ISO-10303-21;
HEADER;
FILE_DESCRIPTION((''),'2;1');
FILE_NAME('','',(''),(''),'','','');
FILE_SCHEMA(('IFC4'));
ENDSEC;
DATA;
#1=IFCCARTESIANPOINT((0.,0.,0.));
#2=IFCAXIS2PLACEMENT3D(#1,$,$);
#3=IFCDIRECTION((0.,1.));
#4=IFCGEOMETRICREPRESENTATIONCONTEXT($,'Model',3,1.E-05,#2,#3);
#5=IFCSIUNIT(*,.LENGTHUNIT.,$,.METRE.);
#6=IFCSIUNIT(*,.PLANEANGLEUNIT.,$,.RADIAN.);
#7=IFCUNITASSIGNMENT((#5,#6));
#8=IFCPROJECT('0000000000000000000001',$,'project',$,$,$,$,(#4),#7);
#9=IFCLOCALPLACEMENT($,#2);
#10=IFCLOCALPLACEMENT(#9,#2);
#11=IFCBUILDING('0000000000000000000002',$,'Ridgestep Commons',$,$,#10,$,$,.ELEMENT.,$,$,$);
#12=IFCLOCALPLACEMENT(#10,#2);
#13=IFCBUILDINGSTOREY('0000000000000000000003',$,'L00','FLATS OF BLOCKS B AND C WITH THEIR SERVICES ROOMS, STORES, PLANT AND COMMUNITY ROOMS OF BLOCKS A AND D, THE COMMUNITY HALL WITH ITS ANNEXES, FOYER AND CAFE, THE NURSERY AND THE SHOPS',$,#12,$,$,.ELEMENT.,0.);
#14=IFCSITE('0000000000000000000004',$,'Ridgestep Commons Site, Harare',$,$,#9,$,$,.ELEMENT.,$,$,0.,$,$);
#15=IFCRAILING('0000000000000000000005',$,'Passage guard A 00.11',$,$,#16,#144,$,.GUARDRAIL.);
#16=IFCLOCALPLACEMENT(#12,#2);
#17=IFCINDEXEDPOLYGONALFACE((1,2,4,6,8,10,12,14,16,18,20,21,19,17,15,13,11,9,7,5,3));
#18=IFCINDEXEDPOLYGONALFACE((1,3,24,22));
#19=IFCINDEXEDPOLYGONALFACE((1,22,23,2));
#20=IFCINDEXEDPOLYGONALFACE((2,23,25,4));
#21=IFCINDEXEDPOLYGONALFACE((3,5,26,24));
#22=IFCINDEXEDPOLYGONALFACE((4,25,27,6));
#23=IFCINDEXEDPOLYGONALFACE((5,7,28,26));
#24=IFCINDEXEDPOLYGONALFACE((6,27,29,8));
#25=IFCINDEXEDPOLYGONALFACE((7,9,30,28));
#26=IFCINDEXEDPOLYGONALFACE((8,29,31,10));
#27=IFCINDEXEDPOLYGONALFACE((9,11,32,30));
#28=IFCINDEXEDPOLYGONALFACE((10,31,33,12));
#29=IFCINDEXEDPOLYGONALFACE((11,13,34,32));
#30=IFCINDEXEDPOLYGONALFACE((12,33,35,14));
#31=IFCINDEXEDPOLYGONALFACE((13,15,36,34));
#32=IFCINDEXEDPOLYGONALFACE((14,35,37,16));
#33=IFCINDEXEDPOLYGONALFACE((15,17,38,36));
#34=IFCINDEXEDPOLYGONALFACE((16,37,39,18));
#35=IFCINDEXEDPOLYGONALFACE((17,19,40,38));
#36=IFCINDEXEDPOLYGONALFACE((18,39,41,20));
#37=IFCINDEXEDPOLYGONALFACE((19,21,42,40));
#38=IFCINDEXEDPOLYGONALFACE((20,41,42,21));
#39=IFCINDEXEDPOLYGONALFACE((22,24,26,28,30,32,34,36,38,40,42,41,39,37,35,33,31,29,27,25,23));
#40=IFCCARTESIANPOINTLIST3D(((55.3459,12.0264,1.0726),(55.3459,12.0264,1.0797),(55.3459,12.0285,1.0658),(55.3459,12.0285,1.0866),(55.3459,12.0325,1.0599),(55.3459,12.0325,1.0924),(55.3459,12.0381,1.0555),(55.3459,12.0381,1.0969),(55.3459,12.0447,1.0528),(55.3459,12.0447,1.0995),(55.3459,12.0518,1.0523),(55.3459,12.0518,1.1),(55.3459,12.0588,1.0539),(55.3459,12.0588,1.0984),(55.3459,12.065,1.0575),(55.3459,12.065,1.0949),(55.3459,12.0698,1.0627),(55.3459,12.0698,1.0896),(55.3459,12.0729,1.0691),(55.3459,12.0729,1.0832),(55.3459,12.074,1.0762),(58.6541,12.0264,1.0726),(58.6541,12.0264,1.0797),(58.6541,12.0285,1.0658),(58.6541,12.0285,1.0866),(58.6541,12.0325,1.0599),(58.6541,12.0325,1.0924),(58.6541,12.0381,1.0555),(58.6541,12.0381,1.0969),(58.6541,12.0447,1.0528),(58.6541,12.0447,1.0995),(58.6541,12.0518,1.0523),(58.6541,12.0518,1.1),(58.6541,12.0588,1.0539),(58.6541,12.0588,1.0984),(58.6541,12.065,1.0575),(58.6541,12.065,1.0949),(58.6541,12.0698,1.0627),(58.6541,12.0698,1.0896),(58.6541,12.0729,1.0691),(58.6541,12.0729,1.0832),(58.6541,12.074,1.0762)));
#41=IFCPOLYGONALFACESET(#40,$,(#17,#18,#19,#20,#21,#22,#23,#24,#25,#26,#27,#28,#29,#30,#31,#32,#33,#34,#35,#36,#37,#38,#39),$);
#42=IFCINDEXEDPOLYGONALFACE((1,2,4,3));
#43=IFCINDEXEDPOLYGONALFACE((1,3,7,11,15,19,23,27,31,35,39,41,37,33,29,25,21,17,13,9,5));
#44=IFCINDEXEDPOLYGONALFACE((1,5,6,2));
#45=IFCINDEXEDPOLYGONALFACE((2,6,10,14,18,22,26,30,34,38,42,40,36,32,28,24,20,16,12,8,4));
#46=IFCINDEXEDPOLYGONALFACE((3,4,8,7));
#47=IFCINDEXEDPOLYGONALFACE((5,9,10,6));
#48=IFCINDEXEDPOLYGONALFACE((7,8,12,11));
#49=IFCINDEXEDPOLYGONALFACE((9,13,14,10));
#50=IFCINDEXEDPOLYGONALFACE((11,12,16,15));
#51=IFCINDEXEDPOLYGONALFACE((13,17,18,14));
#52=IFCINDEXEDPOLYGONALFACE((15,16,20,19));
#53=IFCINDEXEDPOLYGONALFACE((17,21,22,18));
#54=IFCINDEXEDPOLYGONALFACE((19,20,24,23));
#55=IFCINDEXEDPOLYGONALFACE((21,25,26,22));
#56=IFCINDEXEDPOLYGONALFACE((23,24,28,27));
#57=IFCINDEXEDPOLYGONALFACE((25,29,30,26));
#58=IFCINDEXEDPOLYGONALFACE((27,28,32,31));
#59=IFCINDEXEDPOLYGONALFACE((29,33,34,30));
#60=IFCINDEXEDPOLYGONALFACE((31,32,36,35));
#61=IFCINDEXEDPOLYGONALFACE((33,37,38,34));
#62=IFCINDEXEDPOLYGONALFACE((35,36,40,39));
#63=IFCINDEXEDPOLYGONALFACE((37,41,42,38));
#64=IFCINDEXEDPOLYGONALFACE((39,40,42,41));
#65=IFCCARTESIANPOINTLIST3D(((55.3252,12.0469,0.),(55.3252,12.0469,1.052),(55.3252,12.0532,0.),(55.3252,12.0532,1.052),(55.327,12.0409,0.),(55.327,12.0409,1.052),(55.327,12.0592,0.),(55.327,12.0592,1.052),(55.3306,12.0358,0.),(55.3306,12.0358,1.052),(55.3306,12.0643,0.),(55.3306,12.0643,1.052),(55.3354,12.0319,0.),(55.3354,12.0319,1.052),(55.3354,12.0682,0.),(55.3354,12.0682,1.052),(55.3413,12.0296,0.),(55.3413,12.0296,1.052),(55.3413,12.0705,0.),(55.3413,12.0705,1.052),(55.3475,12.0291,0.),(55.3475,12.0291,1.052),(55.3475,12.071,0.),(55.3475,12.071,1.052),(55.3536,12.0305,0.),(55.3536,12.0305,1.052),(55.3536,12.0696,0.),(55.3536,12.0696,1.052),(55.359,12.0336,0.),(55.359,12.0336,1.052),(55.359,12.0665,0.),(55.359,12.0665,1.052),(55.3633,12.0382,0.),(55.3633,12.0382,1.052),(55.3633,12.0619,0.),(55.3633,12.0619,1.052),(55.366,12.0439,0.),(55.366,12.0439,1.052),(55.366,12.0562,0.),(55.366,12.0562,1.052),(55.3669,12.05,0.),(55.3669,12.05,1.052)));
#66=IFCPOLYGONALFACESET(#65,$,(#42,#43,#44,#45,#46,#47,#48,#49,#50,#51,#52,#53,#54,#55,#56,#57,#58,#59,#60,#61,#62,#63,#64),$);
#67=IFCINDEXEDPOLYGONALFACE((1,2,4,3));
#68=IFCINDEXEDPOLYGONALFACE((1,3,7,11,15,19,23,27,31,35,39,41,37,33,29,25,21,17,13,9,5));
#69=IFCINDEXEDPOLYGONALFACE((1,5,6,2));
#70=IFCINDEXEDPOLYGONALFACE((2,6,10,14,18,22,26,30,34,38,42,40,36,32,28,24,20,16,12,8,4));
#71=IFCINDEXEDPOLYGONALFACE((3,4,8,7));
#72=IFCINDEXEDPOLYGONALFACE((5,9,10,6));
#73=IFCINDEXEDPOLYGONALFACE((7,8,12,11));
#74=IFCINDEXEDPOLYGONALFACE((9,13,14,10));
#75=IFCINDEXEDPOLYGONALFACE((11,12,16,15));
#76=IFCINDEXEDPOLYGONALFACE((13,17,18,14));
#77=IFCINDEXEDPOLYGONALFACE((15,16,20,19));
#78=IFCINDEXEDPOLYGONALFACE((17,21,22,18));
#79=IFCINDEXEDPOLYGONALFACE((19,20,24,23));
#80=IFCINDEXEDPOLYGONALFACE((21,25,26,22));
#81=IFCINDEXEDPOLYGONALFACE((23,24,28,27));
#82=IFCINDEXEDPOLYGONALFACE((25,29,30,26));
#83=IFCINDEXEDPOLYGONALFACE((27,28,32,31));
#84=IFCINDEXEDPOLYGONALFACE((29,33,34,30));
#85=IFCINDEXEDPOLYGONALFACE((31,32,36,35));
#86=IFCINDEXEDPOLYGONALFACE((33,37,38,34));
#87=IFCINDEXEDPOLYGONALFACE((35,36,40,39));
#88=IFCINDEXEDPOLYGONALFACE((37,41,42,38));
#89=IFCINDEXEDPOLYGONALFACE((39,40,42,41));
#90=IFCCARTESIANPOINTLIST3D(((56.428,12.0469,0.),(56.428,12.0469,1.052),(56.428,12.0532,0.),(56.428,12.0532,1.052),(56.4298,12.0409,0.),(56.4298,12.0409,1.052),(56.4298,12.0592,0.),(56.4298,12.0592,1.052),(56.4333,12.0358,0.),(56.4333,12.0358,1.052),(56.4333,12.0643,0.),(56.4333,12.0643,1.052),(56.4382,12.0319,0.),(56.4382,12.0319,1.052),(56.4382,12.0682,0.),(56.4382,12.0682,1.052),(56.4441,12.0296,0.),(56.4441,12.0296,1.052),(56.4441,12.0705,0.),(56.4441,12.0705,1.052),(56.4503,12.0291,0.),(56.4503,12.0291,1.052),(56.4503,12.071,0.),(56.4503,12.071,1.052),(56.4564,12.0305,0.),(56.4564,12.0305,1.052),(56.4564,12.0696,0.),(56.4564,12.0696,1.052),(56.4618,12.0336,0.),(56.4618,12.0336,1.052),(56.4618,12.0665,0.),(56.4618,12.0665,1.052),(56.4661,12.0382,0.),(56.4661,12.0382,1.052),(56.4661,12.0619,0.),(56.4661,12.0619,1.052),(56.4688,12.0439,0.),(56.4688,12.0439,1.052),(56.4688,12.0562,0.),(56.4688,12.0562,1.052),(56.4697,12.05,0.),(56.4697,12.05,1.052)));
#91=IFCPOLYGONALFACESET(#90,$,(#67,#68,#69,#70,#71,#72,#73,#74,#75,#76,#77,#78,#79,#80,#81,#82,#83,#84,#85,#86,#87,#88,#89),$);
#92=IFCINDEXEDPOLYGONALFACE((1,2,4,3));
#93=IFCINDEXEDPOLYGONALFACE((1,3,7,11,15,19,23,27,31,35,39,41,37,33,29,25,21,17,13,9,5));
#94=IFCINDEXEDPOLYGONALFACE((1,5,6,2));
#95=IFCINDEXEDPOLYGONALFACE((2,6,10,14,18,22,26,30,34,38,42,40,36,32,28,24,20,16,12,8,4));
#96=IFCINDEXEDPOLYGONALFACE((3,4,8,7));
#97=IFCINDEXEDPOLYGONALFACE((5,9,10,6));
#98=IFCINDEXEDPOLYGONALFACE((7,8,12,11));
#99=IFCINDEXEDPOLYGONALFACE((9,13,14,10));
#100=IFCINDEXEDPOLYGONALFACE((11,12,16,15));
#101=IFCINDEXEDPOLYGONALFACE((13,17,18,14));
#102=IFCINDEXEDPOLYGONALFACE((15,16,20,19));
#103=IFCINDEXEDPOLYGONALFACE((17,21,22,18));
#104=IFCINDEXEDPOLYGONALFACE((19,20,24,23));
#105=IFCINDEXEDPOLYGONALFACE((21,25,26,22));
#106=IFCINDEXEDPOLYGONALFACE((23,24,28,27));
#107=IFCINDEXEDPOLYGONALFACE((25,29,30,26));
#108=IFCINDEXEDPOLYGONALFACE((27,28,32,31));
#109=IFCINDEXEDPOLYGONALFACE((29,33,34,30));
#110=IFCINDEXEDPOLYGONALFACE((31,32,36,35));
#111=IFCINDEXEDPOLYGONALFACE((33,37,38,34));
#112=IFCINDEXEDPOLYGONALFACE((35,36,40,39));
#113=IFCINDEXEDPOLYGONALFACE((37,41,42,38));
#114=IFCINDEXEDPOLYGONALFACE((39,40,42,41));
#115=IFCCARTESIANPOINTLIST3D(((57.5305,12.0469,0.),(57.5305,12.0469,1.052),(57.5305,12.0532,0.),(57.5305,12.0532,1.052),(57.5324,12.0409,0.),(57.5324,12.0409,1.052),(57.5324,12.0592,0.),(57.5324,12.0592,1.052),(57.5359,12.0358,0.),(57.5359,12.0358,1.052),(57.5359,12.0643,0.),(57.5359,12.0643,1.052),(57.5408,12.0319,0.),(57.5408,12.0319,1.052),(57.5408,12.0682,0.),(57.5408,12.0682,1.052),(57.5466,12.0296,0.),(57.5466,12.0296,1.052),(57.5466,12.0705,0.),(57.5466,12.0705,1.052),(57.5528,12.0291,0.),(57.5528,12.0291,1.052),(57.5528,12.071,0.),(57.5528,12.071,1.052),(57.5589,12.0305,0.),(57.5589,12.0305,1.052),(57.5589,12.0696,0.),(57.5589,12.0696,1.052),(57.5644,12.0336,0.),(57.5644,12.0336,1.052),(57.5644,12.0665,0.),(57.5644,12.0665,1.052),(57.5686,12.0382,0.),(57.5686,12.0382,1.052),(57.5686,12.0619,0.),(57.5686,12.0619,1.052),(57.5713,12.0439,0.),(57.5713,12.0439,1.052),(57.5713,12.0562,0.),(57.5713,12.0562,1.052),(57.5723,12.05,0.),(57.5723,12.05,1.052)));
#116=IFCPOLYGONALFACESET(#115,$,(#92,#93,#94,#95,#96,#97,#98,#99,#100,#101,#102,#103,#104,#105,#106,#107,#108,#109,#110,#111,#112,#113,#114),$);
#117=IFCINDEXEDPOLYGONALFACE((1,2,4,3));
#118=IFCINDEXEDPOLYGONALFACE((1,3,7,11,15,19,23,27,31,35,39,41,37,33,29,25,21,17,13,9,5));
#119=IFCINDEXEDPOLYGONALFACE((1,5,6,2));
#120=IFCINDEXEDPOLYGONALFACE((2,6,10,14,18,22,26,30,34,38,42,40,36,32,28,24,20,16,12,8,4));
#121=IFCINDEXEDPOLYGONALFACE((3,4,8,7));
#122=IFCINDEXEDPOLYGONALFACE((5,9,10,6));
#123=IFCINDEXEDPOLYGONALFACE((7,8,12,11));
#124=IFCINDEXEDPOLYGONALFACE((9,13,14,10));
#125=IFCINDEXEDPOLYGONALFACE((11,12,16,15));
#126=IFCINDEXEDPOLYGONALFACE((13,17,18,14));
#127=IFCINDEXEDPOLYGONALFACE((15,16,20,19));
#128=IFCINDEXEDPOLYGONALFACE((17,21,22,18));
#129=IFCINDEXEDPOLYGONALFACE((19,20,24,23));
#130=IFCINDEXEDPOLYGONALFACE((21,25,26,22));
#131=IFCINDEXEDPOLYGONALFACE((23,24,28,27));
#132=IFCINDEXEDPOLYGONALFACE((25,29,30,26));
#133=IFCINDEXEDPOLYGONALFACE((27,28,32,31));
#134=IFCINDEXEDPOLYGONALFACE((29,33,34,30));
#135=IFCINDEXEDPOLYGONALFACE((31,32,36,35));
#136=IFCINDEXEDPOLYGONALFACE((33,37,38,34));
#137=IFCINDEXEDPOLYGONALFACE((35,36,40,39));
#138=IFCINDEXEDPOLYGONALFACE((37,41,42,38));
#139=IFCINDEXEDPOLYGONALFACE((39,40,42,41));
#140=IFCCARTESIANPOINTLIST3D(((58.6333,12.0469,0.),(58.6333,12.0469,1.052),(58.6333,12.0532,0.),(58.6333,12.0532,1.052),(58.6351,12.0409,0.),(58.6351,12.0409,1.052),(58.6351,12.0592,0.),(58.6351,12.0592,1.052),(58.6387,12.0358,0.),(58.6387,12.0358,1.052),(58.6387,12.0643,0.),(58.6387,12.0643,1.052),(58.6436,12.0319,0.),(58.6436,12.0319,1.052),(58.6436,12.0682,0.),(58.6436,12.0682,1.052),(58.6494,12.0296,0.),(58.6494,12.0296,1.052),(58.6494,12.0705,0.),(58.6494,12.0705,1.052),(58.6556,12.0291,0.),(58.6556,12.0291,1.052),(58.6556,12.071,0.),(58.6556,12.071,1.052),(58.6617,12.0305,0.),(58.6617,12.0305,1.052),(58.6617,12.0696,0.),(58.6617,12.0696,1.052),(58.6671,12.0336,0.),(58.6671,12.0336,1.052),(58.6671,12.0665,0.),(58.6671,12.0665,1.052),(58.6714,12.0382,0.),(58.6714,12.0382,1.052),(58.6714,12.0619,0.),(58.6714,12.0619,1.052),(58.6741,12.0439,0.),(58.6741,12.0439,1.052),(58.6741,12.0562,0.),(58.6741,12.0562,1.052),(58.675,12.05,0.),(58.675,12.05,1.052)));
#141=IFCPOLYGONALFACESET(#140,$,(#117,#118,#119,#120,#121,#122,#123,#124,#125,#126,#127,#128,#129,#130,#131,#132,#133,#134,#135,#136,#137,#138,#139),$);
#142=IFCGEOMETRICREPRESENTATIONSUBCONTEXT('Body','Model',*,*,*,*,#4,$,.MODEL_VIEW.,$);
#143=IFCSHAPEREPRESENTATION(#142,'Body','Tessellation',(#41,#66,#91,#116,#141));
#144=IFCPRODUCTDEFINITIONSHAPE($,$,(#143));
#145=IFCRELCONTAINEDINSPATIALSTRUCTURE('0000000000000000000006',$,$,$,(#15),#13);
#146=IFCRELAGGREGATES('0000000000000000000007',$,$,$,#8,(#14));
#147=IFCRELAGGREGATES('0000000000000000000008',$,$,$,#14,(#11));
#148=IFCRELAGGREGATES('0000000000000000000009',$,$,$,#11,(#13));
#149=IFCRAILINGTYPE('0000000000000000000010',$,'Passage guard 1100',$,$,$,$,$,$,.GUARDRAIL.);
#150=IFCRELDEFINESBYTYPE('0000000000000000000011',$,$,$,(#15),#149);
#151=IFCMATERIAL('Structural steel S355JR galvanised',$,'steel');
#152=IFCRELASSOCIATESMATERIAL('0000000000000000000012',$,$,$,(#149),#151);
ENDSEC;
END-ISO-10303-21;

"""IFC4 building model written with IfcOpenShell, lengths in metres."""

from ifc_helpers import new_model, si_unit, direction, frame, origin, origin_2d, place, context, subcontext, project, spatial, circle, extrude, material, type_object, element, save


model = new_model("IFC4")

# Units and contexts
model_context = context("Model", 3, precision=1e-05, world=origin(), true_north=direction((0.0, 1.0)))
body_context = subcontext(model_context, "Body", "Model", "MODEL_VIEW")
ifc_project = project(units=[si_unit("LENGTHUNIT", "METRE"), si_unit("PLANEANGLEUNIT", "RADIAN")], contexts=[model_context])

# Site, building, storey
site_placement = place(None, origin())
site = spatial("IfcSite", under=ifc_project, at=site_placement, Name="Ridgestep Commons Site, Harare", CompositionType="ELEMENT", RefElevation=0.0)
building_placement = place(site_placement, origin())
building = spatial("IfcBuilding", under=site, at=building_placement, Name="Ridgestep Commons", CompositionType="ELEMENT")
storey_placement = place(building_placement, origin())
storey = spatial("IfcBuildingStorey", under=building, at=storey_placement, Name="L00", Description="FLATS OF BLOCKS B AND C WITH THEIR SERVICES ROOMS, STORES, PLANT AND COMMUNITY ROOMS OF BLOCKS A AND D, THE COMMUNITY HALL WITH ITS ANNEXES, FOYER AND CAFE, THE NURSERY AND THE SHOPS", CompositionType="ELEMENT", Elevation=0.0)

# Railing
ifc_material_1 = material(Name="Structural steel S355JR galvanised", Category="steel")
railing_type = type_object("IfcRailingType", Name="Passage guard 1100", PredefinedType="GUARDRAIL", material=ifc_material_1)
railing_1_placement = place(storey_placement, frame((55.3459, 12.05, 0.0)))
element("IfcRailing", 1, at=railing_1_placement, inside=storey, type_object=railing_type, Name="Passage guard A 00.11", PredefinedType="GUARDRAIL", context=body_context, shape_type="SweptSolid", body=[
    extrude(circle(Radius=0.0239, at=origin_2d()), frame((0.0, 0.0, 1.0762), z_axis=(1.0, 0.0, 0.0), x_axis=(0.0, 1.0, 0.0)), (0.0, 0.0, 1.0), 3.3081),
    extrude(circle(Radius=0.021, at=origin_2d()), origin(), (0.0, 0.0, 1.0), 1.052),
    extrude(circle(Radius=0.021, at=origin_2d()), frame((1.1028, 0.0, 0.0)), (0.0, 0.0, 1.0), 1.052),
    extrude(circle(Radius=0.021, at=origin_2d()), frame((2.2053, 0.0, 0.0)), (0.0, 0.0, 1.0), 1.052),
    extrude(circle(Radius=0.021, at=origin_2d()), frame((3.3081, 0.0, 0.0)), (0.0, 0.0, 1.0), 1.052),
])

save(model, "model.ifc")
